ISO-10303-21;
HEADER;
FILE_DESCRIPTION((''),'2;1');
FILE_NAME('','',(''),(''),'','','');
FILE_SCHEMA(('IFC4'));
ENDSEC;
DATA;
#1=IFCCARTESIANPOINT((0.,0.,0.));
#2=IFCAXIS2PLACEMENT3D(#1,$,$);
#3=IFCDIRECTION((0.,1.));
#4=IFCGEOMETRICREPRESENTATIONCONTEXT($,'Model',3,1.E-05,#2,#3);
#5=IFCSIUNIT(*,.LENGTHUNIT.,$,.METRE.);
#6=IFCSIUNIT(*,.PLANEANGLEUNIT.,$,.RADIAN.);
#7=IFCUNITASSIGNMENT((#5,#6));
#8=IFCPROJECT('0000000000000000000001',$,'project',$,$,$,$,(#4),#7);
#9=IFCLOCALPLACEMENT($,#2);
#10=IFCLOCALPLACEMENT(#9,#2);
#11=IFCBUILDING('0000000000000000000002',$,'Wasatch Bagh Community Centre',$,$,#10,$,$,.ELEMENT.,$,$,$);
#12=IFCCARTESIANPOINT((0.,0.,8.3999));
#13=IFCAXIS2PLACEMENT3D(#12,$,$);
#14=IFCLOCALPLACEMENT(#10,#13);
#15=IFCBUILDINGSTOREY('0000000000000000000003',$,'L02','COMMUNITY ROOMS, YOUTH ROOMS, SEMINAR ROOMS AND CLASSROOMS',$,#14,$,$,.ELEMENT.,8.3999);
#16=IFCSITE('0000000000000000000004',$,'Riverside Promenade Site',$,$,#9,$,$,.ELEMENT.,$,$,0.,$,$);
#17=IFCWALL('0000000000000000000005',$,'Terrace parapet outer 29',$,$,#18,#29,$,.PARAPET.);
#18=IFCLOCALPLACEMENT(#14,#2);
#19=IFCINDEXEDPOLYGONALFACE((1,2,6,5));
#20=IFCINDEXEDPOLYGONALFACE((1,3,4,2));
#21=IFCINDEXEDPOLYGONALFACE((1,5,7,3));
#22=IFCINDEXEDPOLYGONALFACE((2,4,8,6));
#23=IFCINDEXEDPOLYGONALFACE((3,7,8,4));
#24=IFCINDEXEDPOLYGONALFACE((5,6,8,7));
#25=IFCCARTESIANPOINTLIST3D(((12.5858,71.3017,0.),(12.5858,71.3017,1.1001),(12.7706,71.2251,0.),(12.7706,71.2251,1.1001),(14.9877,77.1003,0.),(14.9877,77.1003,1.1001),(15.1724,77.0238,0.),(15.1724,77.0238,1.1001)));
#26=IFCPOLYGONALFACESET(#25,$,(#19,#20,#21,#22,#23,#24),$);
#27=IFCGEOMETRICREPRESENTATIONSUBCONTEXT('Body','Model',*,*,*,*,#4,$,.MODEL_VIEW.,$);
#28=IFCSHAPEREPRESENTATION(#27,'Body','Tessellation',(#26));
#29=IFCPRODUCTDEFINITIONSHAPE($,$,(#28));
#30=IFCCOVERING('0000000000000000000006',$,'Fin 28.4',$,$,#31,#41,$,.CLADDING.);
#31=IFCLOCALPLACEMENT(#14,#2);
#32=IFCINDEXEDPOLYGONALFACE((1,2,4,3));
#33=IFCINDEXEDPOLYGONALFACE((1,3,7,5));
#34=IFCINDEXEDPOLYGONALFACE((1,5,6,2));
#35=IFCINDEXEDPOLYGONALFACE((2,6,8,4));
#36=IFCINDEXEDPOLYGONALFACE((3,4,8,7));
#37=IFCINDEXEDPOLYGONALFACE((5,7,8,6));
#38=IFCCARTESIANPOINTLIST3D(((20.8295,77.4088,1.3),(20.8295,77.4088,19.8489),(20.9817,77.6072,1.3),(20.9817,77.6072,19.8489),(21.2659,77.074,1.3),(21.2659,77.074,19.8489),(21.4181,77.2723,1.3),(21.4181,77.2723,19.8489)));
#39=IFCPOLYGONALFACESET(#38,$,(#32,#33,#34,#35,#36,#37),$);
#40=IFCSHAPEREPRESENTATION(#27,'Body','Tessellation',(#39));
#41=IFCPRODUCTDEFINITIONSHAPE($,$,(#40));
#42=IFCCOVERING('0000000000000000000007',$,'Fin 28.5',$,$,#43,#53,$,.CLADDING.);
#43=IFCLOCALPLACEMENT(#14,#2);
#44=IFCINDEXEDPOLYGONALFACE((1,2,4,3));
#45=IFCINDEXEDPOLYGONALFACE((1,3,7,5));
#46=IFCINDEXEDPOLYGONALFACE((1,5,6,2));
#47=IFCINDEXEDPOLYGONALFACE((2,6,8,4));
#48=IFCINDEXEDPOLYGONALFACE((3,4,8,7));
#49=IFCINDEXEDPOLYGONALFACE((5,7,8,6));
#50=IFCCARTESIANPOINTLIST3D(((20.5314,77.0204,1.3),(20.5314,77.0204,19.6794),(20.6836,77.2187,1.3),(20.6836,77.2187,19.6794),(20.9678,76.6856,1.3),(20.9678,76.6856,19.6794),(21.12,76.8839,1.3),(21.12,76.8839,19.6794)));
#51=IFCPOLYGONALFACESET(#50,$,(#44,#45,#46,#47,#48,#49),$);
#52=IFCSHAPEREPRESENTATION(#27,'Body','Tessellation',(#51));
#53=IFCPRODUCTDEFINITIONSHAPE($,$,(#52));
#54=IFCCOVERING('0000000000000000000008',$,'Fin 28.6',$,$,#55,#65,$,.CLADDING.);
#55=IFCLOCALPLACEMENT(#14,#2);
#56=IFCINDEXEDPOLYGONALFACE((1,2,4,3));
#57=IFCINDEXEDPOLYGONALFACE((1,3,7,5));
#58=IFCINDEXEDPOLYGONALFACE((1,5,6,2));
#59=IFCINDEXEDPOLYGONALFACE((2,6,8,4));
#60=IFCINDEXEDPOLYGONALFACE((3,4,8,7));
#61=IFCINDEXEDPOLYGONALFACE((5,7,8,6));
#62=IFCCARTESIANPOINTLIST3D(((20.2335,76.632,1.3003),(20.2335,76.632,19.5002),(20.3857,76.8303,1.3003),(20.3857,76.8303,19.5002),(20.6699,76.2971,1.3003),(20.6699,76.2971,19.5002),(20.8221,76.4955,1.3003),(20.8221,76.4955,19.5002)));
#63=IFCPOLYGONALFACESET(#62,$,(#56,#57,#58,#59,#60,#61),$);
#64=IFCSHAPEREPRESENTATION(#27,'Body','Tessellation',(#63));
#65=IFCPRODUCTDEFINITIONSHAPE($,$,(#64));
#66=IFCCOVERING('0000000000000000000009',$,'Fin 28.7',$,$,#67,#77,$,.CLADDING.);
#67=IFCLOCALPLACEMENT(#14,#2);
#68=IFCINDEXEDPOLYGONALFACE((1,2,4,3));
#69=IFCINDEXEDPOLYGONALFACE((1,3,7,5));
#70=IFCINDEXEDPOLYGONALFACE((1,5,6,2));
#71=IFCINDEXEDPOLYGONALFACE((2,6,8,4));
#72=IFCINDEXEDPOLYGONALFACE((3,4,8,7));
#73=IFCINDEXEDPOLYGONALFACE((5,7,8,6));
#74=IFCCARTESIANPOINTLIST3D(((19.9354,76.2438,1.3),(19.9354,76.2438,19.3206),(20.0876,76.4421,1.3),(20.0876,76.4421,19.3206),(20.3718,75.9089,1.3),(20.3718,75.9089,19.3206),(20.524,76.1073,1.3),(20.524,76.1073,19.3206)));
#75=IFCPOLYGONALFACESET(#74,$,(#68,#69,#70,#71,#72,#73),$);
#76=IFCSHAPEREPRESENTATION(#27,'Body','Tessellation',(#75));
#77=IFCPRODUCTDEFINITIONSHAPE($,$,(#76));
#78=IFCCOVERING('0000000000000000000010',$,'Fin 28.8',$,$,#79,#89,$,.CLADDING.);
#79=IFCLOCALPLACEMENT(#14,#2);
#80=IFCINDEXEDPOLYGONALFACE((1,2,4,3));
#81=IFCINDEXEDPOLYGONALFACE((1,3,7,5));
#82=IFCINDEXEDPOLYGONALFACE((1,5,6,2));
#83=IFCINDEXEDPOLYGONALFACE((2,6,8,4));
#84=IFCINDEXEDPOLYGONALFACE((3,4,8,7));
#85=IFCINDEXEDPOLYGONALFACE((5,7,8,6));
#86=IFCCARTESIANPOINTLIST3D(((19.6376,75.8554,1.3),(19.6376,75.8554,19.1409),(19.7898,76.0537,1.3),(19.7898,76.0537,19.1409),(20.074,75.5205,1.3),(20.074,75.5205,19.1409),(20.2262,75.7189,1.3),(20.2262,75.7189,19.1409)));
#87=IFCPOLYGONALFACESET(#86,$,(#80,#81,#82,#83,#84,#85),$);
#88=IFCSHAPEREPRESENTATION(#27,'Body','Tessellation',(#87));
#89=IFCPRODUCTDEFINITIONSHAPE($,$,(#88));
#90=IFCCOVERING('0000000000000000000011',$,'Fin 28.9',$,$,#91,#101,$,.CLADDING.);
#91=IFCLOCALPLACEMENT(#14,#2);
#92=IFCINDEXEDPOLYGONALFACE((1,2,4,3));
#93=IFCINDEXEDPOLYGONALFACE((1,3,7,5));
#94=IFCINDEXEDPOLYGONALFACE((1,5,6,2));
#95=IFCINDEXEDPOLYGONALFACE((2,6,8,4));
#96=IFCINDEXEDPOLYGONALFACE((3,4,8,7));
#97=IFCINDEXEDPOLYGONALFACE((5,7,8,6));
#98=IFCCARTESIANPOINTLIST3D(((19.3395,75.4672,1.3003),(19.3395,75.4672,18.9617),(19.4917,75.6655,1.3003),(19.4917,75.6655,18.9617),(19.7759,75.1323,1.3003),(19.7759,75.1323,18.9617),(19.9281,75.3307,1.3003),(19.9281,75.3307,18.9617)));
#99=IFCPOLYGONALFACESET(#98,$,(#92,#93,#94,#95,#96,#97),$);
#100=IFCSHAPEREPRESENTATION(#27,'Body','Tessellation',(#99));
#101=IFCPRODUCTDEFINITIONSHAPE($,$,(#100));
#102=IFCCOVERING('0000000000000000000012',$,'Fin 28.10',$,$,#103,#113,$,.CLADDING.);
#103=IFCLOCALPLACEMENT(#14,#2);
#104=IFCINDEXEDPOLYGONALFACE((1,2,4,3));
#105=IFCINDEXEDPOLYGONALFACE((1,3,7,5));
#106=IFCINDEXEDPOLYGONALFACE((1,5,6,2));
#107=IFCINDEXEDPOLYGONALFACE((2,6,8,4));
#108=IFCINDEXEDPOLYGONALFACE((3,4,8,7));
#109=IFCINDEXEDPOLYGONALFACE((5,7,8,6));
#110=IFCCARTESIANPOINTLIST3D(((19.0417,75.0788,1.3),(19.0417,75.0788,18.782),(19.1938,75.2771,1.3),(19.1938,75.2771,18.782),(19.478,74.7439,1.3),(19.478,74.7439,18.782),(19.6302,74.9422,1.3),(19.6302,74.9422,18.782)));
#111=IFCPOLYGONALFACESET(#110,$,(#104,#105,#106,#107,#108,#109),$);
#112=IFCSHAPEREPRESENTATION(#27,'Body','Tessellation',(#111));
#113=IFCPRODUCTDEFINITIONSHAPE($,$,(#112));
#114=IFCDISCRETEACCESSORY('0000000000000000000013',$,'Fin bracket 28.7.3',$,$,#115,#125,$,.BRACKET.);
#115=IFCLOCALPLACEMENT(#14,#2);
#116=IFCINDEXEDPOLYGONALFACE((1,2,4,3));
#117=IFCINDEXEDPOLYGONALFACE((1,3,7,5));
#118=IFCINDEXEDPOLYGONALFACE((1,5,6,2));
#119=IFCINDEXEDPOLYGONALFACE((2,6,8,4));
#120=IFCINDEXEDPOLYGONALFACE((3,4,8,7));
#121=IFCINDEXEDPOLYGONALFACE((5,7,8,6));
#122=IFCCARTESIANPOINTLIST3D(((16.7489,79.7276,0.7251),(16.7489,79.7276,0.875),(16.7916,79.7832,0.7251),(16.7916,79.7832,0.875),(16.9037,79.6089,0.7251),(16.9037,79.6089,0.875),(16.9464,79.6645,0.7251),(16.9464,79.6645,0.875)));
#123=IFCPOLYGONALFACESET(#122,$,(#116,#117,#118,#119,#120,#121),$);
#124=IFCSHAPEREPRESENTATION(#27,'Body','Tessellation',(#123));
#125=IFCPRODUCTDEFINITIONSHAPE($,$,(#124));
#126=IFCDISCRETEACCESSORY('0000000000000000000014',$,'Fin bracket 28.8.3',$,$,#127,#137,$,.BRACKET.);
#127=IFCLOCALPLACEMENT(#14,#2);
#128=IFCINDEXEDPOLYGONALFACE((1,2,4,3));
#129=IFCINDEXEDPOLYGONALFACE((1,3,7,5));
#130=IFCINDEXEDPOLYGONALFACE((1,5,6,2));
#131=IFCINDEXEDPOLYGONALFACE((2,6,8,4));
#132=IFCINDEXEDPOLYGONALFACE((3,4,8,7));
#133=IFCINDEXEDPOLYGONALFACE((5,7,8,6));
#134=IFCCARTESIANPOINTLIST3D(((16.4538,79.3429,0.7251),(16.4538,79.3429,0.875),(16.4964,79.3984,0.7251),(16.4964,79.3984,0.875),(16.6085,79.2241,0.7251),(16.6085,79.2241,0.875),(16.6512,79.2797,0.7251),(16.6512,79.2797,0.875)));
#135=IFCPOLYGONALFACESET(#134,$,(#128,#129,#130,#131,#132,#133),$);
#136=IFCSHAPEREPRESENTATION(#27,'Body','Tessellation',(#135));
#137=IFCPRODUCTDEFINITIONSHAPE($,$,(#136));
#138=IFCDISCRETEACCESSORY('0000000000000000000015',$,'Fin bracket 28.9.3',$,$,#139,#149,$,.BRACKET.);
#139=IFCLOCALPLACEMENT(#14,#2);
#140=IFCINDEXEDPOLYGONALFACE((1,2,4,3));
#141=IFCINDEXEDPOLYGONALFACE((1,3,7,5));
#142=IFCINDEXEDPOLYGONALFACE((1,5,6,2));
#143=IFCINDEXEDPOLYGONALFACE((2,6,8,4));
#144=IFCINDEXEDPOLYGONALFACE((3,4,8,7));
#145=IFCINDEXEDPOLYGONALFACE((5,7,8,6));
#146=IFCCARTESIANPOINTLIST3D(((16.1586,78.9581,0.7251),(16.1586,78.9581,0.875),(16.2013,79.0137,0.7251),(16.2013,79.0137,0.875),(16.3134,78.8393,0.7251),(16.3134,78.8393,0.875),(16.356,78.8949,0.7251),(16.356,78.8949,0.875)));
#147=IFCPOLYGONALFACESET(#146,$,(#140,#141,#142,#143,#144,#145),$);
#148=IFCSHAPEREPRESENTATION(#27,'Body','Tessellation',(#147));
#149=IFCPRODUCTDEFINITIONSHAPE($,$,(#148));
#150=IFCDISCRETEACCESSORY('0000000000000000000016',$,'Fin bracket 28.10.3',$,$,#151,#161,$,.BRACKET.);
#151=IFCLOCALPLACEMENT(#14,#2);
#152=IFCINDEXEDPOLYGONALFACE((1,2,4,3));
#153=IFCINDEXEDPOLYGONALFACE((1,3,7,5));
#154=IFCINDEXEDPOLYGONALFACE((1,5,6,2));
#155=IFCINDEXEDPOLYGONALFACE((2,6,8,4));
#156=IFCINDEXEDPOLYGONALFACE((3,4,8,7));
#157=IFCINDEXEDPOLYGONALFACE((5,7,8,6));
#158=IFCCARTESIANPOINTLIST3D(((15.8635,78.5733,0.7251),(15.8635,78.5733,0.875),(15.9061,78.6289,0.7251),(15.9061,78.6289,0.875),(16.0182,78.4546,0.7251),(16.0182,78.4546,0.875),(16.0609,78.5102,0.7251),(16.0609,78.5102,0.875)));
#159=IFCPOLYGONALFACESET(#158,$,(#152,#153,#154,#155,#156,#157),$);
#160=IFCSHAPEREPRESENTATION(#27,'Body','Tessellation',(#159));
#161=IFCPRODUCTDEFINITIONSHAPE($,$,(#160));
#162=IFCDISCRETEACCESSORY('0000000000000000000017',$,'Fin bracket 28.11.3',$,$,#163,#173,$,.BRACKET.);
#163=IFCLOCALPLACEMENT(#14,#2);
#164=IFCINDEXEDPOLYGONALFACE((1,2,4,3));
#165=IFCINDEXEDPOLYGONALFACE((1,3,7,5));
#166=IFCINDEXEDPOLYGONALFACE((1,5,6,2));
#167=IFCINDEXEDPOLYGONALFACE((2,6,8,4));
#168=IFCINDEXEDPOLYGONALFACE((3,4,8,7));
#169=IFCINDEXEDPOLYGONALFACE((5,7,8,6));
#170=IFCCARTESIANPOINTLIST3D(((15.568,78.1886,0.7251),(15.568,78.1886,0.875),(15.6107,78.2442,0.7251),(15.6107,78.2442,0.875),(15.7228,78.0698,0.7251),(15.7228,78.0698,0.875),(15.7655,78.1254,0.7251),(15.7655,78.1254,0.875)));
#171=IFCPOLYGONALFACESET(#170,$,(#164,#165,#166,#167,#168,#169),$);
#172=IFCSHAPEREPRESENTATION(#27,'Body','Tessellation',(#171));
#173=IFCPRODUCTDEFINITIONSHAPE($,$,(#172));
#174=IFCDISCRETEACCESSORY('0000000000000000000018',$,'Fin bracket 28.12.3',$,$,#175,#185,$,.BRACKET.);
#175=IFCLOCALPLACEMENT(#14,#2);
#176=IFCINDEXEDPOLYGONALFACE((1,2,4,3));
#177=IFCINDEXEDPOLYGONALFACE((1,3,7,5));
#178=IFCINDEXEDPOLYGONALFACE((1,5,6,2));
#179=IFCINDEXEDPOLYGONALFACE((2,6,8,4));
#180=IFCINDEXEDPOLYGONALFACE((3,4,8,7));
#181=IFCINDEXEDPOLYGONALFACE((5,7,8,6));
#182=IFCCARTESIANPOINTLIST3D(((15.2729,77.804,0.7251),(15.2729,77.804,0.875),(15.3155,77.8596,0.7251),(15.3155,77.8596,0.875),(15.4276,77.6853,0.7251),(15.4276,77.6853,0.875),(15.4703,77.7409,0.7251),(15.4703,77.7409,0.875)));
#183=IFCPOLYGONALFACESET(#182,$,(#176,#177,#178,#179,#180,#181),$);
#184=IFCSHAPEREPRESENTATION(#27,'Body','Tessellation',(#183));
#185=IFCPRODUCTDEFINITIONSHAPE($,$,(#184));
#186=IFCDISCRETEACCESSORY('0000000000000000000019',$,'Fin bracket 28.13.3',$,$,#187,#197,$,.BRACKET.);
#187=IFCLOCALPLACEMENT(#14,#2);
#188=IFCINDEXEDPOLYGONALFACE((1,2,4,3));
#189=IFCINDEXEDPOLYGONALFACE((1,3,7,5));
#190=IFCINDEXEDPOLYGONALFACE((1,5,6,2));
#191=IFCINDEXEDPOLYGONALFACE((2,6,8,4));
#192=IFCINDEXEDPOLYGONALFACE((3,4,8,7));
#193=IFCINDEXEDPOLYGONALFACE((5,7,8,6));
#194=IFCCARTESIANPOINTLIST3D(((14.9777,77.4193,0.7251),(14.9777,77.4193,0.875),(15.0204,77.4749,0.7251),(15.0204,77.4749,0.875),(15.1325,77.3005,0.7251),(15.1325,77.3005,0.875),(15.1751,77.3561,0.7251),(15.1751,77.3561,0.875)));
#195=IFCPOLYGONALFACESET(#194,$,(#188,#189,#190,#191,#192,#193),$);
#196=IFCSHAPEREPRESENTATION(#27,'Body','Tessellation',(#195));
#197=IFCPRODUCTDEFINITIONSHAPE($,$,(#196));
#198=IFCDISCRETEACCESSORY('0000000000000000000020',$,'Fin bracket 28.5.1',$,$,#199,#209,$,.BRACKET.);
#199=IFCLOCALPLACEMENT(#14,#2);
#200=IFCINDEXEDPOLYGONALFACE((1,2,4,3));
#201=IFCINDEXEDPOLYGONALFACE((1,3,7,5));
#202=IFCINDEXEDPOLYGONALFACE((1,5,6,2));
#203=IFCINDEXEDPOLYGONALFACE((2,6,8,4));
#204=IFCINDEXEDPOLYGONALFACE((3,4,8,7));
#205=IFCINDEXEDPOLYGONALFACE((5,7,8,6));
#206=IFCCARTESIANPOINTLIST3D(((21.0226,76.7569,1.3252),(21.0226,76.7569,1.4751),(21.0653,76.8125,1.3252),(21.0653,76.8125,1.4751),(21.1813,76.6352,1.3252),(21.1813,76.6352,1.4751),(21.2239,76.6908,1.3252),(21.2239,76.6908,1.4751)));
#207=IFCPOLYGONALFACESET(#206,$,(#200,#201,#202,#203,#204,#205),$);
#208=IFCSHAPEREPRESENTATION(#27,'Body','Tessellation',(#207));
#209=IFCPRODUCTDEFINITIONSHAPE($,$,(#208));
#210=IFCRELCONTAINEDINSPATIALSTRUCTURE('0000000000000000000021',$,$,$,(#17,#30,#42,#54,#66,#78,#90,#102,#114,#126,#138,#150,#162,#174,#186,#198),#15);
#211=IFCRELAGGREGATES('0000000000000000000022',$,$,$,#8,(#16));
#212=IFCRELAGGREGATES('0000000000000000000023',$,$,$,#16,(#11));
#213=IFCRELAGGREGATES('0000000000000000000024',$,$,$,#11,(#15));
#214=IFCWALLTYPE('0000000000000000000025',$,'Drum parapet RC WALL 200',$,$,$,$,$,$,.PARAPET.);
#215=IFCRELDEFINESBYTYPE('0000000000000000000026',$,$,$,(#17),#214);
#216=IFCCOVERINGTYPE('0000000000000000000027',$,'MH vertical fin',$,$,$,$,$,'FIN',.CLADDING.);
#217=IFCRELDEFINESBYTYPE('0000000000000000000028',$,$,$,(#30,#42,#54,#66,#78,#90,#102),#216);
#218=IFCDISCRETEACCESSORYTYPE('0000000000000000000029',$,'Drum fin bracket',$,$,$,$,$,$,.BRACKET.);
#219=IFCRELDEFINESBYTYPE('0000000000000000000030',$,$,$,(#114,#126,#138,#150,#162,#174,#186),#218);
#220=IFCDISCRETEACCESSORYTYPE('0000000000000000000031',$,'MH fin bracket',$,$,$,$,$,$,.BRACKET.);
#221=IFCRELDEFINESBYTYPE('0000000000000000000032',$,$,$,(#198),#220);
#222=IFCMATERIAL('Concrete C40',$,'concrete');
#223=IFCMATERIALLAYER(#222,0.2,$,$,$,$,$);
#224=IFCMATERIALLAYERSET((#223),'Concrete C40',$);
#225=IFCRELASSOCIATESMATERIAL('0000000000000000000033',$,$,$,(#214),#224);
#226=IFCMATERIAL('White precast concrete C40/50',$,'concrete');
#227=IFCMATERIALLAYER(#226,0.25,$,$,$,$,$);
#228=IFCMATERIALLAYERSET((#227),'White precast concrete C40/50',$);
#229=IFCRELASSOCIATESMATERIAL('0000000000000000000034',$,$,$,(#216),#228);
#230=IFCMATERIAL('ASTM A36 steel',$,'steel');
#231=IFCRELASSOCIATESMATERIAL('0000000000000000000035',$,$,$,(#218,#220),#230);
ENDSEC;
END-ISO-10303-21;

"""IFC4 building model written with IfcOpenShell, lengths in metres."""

from ifc_helpers import new_model, si_unit, direction, frame, frame_2d, origin, origin_2d, place, context, subcontext, project, spatial, rectangle, extrude, material, layer, layer_set, type_object, element, save


model = new_model("IFC4")

# Units and contexts
model_context = context("Model", 3, precision=1e-05, world=origin(), true_north=direction((0.0, 1.0)))
body_context = subcontext(model_context, "Body", "Model", "MODEL_VIEW")
ifc_project = project(units=[si_unit("LENGTHUNIT", "METRE"), si_unit("PLANEANGLEUNIT", "RADIAN")], contexts=[model_context])

# Site, building, storey
site_placement = place(None, origin())
site = spatial("IfcSite", under=ifc_project, at=site_placement, Name="Riverside Promenade Site", CompositionType="ELEMENT", RefElevation=0.0)
building_placement = place(site_placement, origin())
building = spatial("IfcBuilding", under=site, at=building_placement, Name="Wasatch Bagh Community Centre", CompositionType="ELEMENT")
storey_placement = place(building_placement, frame((0.0, 0.0, 8.3999)))
storey = spatial("IfcBuildingStorey", under=building, at=storey_placement, Name="L02", Description="COMMUNITY ROOMS, YOUTH ROOMS, SEMINAR ROOMS AND CLASSROOMS", CompositionType="ELEMENT", Elevation=8.3999)

# Wall
ifc_material_1 = material(Name="Concrete C40", Category="concrete")
ifc_layer_1 = layer(ifc_material_1, 0.2)
ifc_layer_set_1 = layer_set([ifc_layer_1], Name="Concrete C40")
wall_type = type_object("IfcWallType", Name="Drum parapet RC WALL 200", PredefinedType="PARAPET", material=ifc_layer_set_1)
wall_placement = place(storey_placement, frame((15.0801, 77.062, 0.0), z_axis=(0.0, 0.0, 1.0), x_axis=(-0.382684, -0.923879, 0.0)))
element("IfcWall", 1, at=wall_placement, inside=storey, type_object=wall_type, Name="Terrace parapet outer 29", PredefinedType="PARAPET", context=body_context, shape_type="SweptSolid", body=[
    extrude(rectangle(XDim=6.2764, YDim=0.2, at=frame_2d((3.1382, 0.0))), origin(), (0.0, 0.0, 1.0), 1.1001),
])

# Coverings
ifc_material_2 = material(Name="White precast concrete C40/50", Category="concrete")
ifc_layer_2 = layer(ifc_material_2, 0.25)
ifc_layer_set_2 = layer_set([ifc_layer_2], Name="White precast concrete C40/50")
covering_type = type_object("IfcCoveringType", Name="MH vertical fin", ElementType="FIN", PredefinedType="CLADDING", material=ifc_layer_set_2)
covering_1_placement = place(storey_placement, frame((21.1238, 77.3406, 1.3), z_axis=(0.0, 0.0, 1.0), x_axis=(-0.608761, -0.793353, 0.0)))
element("IfcCovering", 2, at=covering_1_placement, inside=storey, type_object=covering_type, Name="Fin 28.4", PredefinedType="CLADDING", context=body_context, shape_type="SweptSolid", body=[
    extrude(rectangle(XDim=0.25, YDim=0.55, at=origin_2d()), origin(), (0.0, 0.0, 1.0), 18.5488),
])
covering_2_placement = place(storey_placement, frame((20.8257, 76.9521, 1.3), z_axis=(0.0, 0.0, 1.0), x_axis=(-0.608761, -0.793353, 0.0)))
element("IfcCovering", 3, at=covering_2_placement, inside=storey, type_object=covering_type, Name="Fin 28.5", PredefinedType="CLADDING", context=body_context, shape_type="SweptSolid", body=[
    extrude(rectangle(XDim=0.25, YDim=0.55, at=origin_2d()), origin(), (0.0, 0.0, 1.0), 18.3794),
])
covering_3_placement = place(storey_placement, frame((20.5278, 76.5637, 1.3003), z_axis=(0.0, 0.0, 1.0), x_axis=(-0.608761, -0.793353, 0.0)))
element("IfcCovering", 4, at=covering_3_placement, inside=storey, type_object=covering_type, Name="Fin 28.6", PredefinedType="CLADDING", context=body_context, shape_type="SweptSolid", body=[
    extrude(rectangle(XDim=0.25, YDim=0.55, at=origin_2d()), origin(), (0.0, 0.0, 1.0), 18.2),
])
covering_4_placement = place(storey_placement, frame((20.2297, 76.1755, 1.3), z_axis=(0.0, 0.0, 1.0), x_axis=(-0.608761, -0.793353, 0.0)))
element("IfcCovering", 5, at=covering_4_placement, inside=storey, type_object=covering_type, Name="Fin 28.7", PredefinedType="CLADDING", context=body_context, shape_type="SweptSolid", body=[
    extrude(rectangle(XDim=0.25, YDim=0.55, at=origin_2d()), origin(), (0.0, 0.0, 1.0), 18.0205),
])
covering_5_placement = place(storey_placement, frame((19.9319, 75.7871, 1.3), z_axis=(0.0, 0.0, 1.0), x_axis=(-0.608761, -0.793353, 0.0)))
element("IfcCovering", 6, at=covering_5_placement, inside=storey, type_object=covering_type, Name="Fin 28.8", PredefinedType="CLADDING", context=body_context, shape_type="SweptSolid", body=[
    extrude(rectangle(XDim=0.25, YDim=0.55, at=origin_2d()), origin(), (0.0, 0.0, 1.0), 17.8408),
])
covering_6_placement = place(storey_placement, frame((19.6338, 75.3989, 1.3003), z_axis=(0.0, 0.0, 1.0), x_axis=(-0.608761, -0.793353, 0.0)))
element("IfcCovering", 7, at=covering_6_placement, inside=storey, type_object=covering_type, Name="Fin 28.9", PredefinedType="CLADDING", context=body_context, shape_type="SweptSolid", body=[
    extrude(rectangle(XDim=0.25, YDim=0.55, at=origin_2d()), origin(), (0.0, 0.0, 1.0), 17.6614),
])
covering_7_placement = place(storey_placement, frame((19.3359, 75.0105, 1.3), z_axis=(0.0, 0.0, 1.0), x_axis=(-0.608761, -0.793353, 0.0)))
element("IfcCovering", 8, at=covering_7_placement, inside=storey, type_object=covering_type, Name="Fin 28.10", PredefinedType="CLADDING", context=body_context, shape_type="SweptSolid", body=[
    extrude(rectangle(XDim=0.25, YDim=0.55, at=origin_2d()), origin(), (0.0, 0.0, 1.0), 17.4819),
])

# Discrete accessories
ifc_material_3 = material(Name="ASTM A36 steel", Category="steel")
discrete_accessory_type_1 = type_object("IfcDiscreteAccessoryType", Name="Drum fin bracket", PredefinedType="BRACKET", material=ifc_material_3)
for number, where, z_axis, x_axis, name in (
    (9, (16.8477, 79.696, 0.7251), (0.0, 0.0, 1.0), (-0.608761, -0.793353, 0.0), "Fin bracket 28.7.3"),
    (10, (16.5525, 79.3113, 0.7251), (0.0, 0.0, 1.0), (-0.608761, -0.793353, 0.0), "Fin bracket 28.8.3"),
    (11, (16.2573, 78.9265, 0.7251), (0.0, 0.0, 1.0), (-0.608761, -0.793353, 0.0), "Fin bracket 28.9.3"),
    (12, (15.9622, 78.5417, 0.7251), (0.0, 0.0, 1.0), (-0.608761, -0.793353, 0.0), "Fin bracket 28.10.3"),
    (13, (15.6667, 78.157, 0.7251), (0.0, 0.0, 1.0), (-0.608761, -0.793353, 0.0), "Fin bracket 28.11.3"),
    (14, (15.3716, 77.7725, 0.7251), (0.0, 0.0, 1.0), (-0.608761, -0.793353, 0.0), "Fin bracket 28.12.3"),
    (15, (15.0764, 77.3877, 0.7251), (0.0, 0.0, 1.0), (-0.608761, -0.793353, 0.0), "Fin bracket 28.13.3"),
):
    element("IfcDiscreteAccessory", number, at=place(storey_placement, frame(where, z_axis=z_axis, x_axis=x_axis)), inside=storey, type_object=discrete_accessory_type_1, Name=name, PredefinedType="BRACKET", context=body_context, shape_type="SweptSolid", body=[
        extrude(rectangle(XDim=0.0701, YDim=0.1951, at=origin_2d()), origin(), (0.0, 0.0, 1.0), 0.1499),
    ])
discrete_accessory_type_2 = type_object("IfcDiscreteAccessoryType", Name="MH fin bracket", PredefinedType="BRACKET", material=ifc_material_3)
for number, where, z_axis, x_axis, name in (
    (16, (21.1233, 76.7239, 1.3252), (0.0, 0.0, 1.0), (-0.608761, -0.793353, 0.0), "Fin bracket 28.5.1"),
):
    element("IfcDiscreteAccessory", number, at=place(storey_placement, frame(where, z_axis=z_axis, x_axis=x_axis)), inside=storey, type_object=discrete_accessory_type_2, Name=name, PredefinedType="BRACKET", context=body_context, shape_type="SweptSolid", body=[
        extrude(rectangle(XDim=0.0701, YDim=0.2, at=origin_2d()), origin(), (0.0, 0.0, 1.0), 0.1499),
    ])

save(model, "model.ifc")
